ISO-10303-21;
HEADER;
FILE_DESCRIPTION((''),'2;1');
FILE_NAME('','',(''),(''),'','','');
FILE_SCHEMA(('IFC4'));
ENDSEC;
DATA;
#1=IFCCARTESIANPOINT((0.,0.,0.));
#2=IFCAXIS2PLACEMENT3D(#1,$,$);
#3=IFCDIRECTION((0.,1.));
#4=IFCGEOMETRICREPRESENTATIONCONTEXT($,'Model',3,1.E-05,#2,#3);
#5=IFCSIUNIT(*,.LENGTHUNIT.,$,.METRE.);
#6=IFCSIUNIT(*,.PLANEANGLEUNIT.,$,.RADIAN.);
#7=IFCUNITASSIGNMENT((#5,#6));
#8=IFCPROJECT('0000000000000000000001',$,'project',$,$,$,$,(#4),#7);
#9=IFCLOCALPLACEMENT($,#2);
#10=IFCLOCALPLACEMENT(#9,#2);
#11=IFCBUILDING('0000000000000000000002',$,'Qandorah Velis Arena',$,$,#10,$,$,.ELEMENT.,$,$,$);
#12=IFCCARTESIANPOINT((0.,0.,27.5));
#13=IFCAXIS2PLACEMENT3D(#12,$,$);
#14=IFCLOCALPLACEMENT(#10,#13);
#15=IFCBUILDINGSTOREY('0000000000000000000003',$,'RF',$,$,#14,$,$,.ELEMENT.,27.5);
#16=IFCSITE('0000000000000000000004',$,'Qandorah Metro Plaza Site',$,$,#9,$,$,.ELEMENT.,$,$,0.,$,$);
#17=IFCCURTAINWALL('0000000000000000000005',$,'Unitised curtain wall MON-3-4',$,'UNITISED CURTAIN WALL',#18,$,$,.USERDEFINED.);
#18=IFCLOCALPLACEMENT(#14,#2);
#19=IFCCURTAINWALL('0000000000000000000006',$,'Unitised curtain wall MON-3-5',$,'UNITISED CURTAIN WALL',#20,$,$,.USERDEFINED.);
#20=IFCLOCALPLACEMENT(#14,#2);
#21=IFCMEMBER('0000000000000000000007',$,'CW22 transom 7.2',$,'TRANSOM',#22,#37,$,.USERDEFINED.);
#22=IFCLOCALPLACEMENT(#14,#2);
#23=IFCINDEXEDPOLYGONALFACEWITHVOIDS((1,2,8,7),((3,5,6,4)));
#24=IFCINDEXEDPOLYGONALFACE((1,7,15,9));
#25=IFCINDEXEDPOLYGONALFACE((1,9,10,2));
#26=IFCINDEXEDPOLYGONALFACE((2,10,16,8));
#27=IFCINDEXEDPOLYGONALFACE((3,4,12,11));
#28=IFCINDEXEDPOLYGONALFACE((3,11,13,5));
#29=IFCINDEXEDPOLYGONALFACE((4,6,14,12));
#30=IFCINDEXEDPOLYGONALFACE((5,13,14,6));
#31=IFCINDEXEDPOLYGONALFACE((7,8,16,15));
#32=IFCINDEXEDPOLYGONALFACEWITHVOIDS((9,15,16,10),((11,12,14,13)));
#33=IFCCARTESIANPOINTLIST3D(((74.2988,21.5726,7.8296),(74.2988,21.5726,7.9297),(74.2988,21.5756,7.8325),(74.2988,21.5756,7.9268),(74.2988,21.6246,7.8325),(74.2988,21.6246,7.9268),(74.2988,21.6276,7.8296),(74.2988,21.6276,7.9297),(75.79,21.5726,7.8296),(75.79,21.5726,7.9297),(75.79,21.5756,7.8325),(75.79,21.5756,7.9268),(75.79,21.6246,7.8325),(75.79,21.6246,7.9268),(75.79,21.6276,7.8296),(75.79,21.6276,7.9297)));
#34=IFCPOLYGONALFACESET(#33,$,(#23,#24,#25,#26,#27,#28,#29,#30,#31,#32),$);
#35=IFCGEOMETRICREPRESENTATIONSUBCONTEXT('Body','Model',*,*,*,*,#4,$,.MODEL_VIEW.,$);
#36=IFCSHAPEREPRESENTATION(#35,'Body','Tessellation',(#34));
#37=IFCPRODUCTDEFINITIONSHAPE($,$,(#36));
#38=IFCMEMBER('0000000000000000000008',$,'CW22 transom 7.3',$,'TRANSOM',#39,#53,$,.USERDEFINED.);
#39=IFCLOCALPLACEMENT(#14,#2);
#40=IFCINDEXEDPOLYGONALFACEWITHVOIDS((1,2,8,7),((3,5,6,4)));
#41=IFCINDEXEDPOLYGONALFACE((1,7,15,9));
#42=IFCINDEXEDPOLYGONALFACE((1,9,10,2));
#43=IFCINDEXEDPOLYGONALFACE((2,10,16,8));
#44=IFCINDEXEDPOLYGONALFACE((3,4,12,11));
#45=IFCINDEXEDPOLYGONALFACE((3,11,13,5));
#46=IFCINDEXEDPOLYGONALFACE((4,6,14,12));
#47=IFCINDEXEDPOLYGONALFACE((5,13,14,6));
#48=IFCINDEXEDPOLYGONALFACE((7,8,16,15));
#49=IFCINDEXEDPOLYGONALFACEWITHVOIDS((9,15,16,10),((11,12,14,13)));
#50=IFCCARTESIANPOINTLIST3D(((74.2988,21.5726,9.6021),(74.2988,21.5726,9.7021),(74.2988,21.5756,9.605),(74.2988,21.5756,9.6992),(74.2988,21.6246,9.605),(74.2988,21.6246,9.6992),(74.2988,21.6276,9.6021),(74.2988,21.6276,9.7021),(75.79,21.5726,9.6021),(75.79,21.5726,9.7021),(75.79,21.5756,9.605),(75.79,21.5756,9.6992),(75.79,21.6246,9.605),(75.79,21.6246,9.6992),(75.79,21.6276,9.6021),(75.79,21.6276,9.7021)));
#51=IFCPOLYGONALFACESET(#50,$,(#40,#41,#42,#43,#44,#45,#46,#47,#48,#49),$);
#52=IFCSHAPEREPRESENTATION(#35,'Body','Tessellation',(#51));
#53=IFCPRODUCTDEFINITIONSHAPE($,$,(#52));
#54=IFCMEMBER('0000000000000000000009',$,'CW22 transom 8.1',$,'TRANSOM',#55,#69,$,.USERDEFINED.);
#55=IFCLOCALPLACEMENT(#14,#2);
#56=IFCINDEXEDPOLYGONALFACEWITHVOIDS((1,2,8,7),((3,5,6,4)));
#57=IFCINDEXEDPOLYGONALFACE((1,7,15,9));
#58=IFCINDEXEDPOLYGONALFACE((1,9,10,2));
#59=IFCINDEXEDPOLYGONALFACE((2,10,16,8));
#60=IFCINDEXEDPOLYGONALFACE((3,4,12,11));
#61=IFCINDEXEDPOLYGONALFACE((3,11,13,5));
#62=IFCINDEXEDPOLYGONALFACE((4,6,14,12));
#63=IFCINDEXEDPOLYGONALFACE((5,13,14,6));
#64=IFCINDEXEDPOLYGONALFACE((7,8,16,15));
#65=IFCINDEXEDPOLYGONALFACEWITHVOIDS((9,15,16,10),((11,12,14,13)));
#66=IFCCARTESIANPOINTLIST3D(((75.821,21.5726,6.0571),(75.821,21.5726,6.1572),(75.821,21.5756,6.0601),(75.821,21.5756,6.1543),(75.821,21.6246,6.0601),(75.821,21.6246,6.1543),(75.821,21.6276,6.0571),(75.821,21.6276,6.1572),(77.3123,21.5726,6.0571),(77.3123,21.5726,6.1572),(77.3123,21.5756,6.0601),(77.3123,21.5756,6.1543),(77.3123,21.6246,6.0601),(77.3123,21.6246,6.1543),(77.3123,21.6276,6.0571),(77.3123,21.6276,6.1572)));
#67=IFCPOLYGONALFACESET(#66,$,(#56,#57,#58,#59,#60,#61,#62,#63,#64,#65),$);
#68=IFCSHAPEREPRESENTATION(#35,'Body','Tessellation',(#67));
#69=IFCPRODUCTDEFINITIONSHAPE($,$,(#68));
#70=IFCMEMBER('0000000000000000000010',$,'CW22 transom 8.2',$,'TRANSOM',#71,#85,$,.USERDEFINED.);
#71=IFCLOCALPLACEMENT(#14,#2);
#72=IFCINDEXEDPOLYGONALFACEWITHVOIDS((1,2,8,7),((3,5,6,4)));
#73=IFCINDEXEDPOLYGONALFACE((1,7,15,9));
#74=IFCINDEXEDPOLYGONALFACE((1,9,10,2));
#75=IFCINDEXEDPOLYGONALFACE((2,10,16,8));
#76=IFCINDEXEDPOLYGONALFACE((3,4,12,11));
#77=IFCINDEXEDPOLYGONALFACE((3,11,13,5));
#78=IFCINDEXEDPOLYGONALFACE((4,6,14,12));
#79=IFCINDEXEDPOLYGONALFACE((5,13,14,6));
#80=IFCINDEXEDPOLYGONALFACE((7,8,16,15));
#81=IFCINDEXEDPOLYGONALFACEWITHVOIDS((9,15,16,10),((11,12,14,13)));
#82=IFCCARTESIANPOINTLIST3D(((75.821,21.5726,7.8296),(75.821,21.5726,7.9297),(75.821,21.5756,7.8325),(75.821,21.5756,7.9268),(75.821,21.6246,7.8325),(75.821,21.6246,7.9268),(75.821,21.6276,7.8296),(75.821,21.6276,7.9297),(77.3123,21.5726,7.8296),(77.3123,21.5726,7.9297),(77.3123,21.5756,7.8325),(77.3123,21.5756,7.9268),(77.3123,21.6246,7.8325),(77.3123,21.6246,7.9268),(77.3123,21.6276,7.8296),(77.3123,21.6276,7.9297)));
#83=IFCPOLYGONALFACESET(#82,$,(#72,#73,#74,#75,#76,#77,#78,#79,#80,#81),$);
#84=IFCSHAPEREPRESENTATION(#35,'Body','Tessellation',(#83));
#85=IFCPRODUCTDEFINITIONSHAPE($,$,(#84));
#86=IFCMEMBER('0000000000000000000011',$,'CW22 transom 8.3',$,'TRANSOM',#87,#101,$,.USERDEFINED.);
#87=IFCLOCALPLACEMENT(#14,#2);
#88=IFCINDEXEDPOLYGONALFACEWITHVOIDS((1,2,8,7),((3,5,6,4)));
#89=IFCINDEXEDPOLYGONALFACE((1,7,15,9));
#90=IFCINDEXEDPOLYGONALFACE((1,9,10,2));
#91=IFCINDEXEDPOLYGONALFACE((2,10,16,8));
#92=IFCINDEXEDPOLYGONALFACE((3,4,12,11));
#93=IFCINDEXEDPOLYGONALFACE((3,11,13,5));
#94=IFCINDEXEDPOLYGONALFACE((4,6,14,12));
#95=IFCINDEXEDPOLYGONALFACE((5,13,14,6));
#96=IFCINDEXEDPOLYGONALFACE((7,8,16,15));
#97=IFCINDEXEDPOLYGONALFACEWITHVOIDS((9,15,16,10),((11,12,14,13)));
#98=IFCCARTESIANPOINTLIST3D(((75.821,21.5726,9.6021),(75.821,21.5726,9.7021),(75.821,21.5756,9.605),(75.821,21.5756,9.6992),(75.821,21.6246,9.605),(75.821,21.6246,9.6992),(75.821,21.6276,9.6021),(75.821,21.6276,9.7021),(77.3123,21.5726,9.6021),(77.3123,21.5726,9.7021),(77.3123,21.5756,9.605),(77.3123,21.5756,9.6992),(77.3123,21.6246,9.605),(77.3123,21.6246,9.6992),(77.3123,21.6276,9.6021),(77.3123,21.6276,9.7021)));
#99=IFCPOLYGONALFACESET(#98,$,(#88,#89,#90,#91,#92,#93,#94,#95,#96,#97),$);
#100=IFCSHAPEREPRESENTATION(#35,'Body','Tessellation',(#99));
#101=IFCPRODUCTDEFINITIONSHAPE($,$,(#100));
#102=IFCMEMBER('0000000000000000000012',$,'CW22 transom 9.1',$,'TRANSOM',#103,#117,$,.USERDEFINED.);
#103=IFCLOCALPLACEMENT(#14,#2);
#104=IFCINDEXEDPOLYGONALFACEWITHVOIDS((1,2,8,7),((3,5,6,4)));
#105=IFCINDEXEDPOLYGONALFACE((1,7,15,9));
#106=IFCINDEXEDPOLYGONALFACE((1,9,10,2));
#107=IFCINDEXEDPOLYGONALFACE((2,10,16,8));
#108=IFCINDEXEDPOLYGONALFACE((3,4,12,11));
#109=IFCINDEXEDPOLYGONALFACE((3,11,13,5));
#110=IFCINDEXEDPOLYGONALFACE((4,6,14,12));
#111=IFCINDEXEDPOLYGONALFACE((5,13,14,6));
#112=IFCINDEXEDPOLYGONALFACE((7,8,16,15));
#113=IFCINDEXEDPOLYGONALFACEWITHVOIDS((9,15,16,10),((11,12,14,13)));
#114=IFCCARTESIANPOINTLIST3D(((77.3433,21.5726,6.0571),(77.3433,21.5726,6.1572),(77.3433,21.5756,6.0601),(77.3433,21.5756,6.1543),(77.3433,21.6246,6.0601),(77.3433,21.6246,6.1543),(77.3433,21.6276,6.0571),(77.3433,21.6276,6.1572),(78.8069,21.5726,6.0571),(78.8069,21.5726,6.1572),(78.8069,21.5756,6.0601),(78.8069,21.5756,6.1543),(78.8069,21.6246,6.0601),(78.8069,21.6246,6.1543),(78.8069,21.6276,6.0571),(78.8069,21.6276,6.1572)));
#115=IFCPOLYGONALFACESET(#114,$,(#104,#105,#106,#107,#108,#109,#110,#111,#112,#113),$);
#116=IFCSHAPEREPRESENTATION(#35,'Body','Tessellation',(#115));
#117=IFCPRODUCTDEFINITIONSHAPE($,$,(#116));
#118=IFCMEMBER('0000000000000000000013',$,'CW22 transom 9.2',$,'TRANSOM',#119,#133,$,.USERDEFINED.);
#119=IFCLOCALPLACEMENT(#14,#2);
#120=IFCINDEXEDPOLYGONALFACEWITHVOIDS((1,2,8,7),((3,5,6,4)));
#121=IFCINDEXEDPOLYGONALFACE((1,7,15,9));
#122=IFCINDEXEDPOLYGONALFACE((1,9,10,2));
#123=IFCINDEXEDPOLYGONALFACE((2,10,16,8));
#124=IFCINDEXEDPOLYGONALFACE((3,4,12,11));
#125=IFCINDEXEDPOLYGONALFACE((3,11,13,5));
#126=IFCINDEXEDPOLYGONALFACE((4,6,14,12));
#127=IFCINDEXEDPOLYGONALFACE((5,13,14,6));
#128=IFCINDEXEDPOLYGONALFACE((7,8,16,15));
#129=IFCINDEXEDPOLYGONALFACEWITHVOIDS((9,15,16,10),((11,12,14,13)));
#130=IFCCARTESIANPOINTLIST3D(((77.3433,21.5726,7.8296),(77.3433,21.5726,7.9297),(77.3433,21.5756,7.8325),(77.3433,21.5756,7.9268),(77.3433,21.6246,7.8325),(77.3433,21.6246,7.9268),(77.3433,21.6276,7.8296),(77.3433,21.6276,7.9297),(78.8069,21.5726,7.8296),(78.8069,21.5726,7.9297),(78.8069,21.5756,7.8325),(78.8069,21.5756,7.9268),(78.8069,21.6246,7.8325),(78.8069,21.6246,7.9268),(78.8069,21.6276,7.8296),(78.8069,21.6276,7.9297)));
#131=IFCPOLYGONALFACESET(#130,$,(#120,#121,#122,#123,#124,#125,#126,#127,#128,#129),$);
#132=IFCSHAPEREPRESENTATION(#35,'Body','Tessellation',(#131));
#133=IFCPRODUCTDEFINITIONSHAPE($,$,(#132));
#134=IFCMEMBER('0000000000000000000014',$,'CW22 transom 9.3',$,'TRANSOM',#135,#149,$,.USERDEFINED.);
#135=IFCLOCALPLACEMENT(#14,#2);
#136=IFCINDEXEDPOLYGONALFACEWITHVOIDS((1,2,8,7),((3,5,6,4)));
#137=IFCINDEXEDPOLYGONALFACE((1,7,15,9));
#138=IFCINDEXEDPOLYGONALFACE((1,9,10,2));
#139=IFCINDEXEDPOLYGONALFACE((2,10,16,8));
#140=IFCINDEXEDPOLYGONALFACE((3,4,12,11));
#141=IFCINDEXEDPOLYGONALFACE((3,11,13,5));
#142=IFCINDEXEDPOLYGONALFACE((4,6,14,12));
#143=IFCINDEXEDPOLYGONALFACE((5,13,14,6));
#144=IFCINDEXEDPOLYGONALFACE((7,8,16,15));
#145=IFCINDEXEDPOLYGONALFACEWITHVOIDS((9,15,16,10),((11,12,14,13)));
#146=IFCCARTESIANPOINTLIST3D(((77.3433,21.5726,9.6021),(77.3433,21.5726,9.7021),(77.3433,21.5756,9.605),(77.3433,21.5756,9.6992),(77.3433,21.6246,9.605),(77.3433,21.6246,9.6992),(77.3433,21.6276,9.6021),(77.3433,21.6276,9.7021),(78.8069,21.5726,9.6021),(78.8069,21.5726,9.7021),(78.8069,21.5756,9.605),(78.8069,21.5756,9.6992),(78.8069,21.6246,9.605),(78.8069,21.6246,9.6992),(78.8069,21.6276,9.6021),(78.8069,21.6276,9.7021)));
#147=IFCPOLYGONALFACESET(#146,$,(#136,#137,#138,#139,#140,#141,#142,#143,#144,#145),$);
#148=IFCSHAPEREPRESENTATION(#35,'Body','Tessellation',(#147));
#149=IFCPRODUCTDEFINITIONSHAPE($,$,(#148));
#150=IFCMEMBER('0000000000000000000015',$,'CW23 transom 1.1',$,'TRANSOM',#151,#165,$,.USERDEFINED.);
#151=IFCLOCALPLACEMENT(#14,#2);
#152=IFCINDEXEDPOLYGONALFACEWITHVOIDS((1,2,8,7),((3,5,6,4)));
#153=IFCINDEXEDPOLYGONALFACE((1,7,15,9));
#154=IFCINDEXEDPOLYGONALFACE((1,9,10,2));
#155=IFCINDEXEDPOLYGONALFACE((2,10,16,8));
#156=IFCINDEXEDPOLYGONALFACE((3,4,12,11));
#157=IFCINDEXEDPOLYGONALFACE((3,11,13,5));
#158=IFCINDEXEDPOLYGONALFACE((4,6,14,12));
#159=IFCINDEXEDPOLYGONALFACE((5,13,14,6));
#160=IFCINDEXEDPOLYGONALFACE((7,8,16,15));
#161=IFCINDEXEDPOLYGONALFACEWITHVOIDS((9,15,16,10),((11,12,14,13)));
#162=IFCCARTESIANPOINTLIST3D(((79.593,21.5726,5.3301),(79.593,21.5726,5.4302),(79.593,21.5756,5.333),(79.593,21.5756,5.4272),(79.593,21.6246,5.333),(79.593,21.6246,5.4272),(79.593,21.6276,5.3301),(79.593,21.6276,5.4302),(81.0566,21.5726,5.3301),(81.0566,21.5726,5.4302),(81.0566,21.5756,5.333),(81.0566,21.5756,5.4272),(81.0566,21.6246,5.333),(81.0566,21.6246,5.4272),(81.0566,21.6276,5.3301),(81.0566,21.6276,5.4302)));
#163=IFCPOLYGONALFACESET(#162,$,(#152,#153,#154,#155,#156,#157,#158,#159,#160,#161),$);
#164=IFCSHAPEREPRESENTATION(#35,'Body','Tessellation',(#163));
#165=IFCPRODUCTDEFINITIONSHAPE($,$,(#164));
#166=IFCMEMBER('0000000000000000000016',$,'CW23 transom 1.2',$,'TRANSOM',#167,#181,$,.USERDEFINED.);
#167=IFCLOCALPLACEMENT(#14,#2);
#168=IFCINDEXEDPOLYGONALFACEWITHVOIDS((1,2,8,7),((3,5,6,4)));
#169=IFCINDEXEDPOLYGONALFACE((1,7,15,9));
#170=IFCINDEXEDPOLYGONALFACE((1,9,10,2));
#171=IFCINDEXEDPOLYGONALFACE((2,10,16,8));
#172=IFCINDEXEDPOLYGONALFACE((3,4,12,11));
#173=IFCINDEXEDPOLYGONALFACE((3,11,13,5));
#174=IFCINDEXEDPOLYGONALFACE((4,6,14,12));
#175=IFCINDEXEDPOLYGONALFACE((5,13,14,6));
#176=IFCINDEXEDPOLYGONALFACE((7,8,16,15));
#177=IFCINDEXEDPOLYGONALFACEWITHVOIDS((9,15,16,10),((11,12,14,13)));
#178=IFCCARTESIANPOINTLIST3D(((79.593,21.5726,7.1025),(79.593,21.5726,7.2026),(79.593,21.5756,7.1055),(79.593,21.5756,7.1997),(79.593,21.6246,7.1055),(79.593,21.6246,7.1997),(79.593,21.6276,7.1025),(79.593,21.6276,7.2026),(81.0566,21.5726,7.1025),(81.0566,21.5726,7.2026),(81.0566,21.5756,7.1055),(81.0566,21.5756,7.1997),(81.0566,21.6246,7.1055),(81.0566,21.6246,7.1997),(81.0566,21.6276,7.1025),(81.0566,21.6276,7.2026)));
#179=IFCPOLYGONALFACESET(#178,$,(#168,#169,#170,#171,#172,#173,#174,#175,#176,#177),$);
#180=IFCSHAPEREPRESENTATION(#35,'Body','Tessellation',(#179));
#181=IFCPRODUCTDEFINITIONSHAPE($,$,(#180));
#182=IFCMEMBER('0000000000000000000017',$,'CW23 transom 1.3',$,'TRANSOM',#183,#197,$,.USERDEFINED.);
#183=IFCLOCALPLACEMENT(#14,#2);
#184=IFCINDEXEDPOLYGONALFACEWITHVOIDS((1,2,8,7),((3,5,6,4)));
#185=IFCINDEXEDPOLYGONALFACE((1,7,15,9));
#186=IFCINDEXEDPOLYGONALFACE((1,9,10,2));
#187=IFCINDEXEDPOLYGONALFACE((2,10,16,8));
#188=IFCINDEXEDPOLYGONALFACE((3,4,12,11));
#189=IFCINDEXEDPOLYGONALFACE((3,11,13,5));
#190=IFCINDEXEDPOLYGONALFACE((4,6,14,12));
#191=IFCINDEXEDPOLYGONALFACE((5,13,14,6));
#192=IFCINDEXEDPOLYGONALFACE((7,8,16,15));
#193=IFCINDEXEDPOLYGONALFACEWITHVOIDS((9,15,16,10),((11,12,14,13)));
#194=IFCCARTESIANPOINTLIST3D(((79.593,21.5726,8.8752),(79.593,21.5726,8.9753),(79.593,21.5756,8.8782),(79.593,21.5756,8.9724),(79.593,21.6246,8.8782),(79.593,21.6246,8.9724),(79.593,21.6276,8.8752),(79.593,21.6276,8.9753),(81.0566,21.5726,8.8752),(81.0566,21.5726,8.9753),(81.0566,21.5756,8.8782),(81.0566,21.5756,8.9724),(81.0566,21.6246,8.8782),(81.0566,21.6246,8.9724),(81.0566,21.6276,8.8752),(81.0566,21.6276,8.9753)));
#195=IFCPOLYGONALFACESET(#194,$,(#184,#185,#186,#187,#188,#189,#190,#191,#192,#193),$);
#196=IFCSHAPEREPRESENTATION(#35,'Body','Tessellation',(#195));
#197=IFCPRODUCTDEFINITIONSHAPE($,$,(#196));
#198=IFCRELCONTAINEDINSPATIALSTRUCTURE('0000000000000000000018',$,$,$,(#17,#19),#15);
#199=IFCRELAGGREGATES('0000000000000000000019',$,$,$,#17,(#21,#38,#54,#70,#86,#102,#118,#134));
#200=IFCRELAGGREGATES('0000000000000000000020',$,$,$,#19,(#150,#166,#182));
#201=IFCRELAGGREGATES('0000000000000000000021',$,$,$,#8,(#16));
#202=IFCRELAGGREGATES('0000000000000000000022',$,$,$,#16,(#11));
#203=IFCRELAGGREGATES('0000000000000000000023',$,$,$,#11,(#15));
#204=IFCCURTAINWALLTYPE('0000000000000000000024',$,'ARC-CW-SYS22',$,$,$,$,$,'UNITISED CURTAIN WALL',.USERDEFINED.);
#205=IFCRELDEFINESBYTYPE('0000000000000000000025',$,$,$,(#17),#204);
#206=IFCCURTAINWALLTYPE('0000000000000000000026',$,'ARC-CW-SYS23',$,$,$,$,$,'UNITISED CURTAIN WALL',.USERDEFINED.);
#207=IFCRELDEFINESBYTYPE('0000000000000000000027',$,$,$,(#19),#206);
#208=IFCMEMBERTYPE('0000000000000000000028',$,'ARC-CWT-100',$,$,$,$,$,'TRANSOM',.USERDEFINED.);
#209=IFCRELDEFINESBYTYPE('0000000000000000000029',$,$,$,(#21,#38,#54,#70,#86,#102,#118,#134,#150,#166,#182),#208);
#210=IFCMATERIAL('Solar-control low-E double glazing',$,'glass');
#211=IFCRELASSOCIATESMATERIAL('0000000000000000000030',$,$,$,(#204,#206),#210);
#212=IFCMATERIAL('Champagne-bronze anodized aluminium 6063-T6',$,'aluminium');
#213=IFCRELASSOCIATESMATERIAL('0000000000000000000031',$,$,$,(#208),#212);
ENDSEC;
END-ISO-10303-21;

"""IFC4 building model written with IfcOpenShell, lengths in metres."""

from ifc_helpers import new_model, si_unit, direction, frame, origin, origin_2d, place, context, subcontext, project, spatial, hollow_rectangle, extrude, material, material_profile, profile_set, type_object, element, aggregate, save


model = new_model("IFC4")

# Units and contexts
model_context = context("Model", 3, precision=1e-05, world=origin(), true_north=direction((0.0, 1.0)))
body_context = subcontext(model_context, "Body", "Model", "MODEL_VIEW")
ifc_project = project(units=[si_unit("LENGTHUNIT", "METRE"), si_unit("PLANEANGLEUNIT", "RADIAN")], contexts=[model_context])

# Site, building, storey
site_placement = place(None, origin())
site = spatial("IfcSite", under=ifc_project, at=site_placement, Name="Qandorah Metro Plaza Site", CompositionType="ELEMENT", RefElevation=0.0)
building_placement = place(site_placement, origin())
building = spatial("IfcBuilding", under=site, at=building_placement, Name="Qandorah Velis Arena", CompositionType="ELEMENT")
storey_placement = place(building_placement, frame((0.0, 0.0, 27.5)))
storey = spatial("IfcBuildingStorey", under=building, at=storey_placement, Name="RF", CompositionType="ELEMENT", Elevation=27.5)

# Curtain walls
ifc_material_1 = material(Name="Solar-control low-E double glazing", Category="glass")
curtain_wall_type_1 = type_object("IfcCurtainWallType", Name="ARC-CW-SYS22", ElementType="UNITISED CURTAIN WALL", PredefinedType="USERDEFINED", material=ifc_material_1)
curtain_wall_1_placement = place(storey_placement, origin())
curtain_wall_1 = element("IfcCurtainWall", 1, at=curtain_wall_1_placement, inside=storey, type_object=curtain_wall_type_1, Name="Unitised curtain wall MON-3-4", ObjectType="UNITISED CURTAIN WALL", PredefinedType="USERDEFINED")
ifc_material_2 = material(Name="Champagne-bronze anodized aluminium 6063-T6", Category="aluminium")
curtain_wall_type_2 = type_object("IfcCurtainWallType", Name="ARC-CW-SYS23", ElementType="UNITISED CURTAIN WALL", PredefinedType="USERDEFINED", material=ifc_material_1)
curtain_wall_2_placement = place(storey_placement, origin())
curtain_wall_2 = element("IfcCurtainWall", 2, at=curtain_wall_2_placement, inside=storey, type_object=curtain_wall_type_2, Name="Unitised curtain wall MON-3-5", ObjectType="UNITISED CURTAIN WALL", PredefinedType="USERDEFINED")

# Members
ifc_material_profile_1 = material_profile(ifc_material_2, hollow_rectangle(XDim=0.0549, YDim=0.1001, WallThickness=0.0029, at=origin_2d()), Name="ALU TRANSOM 55x100")
ifc_profile_set_1 = profile_set([ifc_material_profile_1], Name="Champagne-bronze anodized aluminium 6063-T6")
member_type_1 = type_object("IfcMemberType", Name="ARC-CWT-100", ElementType="TRANSOM", PredefinedType="USERDEFINED", material=ifc_profile_set_1)
member_1_placement = place(storey_placement, frame((74.2988, 21.6001, 7.8796), z_axis=(1.0, 0.0, 0.0), x_axis=(0.0, 1.0, 0.0)))
member_1 = element("IfcMember", 3, at=member_1_placement, type_object=member_type_1, Name="CW22 transom 7.2", ObjectType="TRANSOM", PredefinedType="USERDEFINED", context=body_context, shape_type="SweptSolid", body=[
    extrude(hollow_rectangle(XDim=0.0549, YDim=0.1001, WallThickness=0.0029, at=origin_2d()), origin(), (0.0, 0.0, 1.0), 1.4912),
])
member_2_placement = place(storey_placement, frame((74.2988, 21.6001, 9.6521), z_axis=(1.0, 0.0, 0.0), x_axis=(0.0, 1.0, 0.0)))
member_2 = element("IfcMember", 4, at=member_2_placement, type_object=member_type_1, Name="CW22 transom 7.3", ObjectType="TRANSOM", PredefinedType="USERDEFINED", context=body_context, shape_type="SweptSolid", body=[
    extrude(hollow_rectangle(XDim=0.0549, YDim=0.1001, WallThickness=0.0029, at=origin_2d()), origin(), (0.0, 0.0, 1.0), 1.4912),
])
member_3_placement = place(storey_placement, frame((75.821, 21.6001, 6.1072), z_axis=(1.0, 0.0, 0.0), x_axis=(0.0, 1.0, 0.0)))
member_3 = element("IfcMember", 5, at=member_3_placement, type_object=member_type_1, Name="CW22 transom 8.1", ObjectType="TRANSOM", PredefinedType="USERDEFINED", context=body_context, shape_type="SweptSolid", body=[
    extrude(hollow_rectangle(XDim=0.0549, YDim=0.1001, WallThickness=0.0029, at=origin_2d()), origin(), (0.0, 0.0, 1.0), 1.4912),
])
member_4_placement = place(storey_placement, frame((75.821, 21.6001, 7.8796), z_axis=(1.0, 0.0, 0.0), x_axis=(0.0, 1.0, 0.0)))
member_4 = element("IfcMember", 6, at=member_4_placement, type_object=member_type_1, Name="CW22 transom 8.2", ObjectType="TRANSOM", PredefinedType="USERDEFINED", context=body_context, shape_type="SweptSolid", body=[
    extrude(hollow_rectangle(XDim=0.0549, YDim=0.1001, WallThickness=0.0029, at=origin_2d()), origin(), (0.0, 0.0, 1.0), 1.4912),
])
member_5_placement = place(storey_placement, frame((75.821, 21.6001, 9.6521), z_axis=(1.0, 0.0, 0.0), x_axis=(0.0, 1.0, 0.0)))
member_5 = element("IfcMember", 7, at=member_5_placement, type_object=member_type_1, Name="CW22 transom 8.3", ObjectType="TRANSOM", PredefinedType="USERDEFINED", context=body_context, shape_type="SweptSolid", body=[
    extrude(hollow_rectangle(XDim=0.0549, YDim=0.1001, WallThickness=0.0029, at=origin_2d()), origin(), (0.0, 0.0, 1.0), 1.4912),
])
member_6_placement = place(storey_placement, frame((77.3433, 21.6001, 6.1072), z_axis=(1.0, 0.0, 0.0), x_axis=(0.0, 1.0, 0.0)))
member_6 = element("IfcMember", 8, at=member_6_placement, type_object=member_type_1, Name="CW22 transom 9.1", ObjectType="TRANSOM", PredefinedType="USERDEFINED", context=body_context, shape_type="SweptSolid", body=[
    extrude(hollow_rectangle(XDim=0.0549, YDim=0.1001, WallThickness=0.0029, at=origin_2d()), origin(), (0.0, 0.0, 1.0), 1.4636),
])
member_7_placement = place(storey_placement, frame((77.3433, 21.6001, 7.8796), z_axis=(1.0, 0.0, 0.0), x_axis=(0.0, 1.0, 0.0)))
member_7 = element("IfcMember", 9, at=member_7_placement, type_object=member_type_1, Name="CW22 transom 9.2", ObjectType="TRANSOM", PredefinedType="USERDEFINED", context=body_context, shape_type="SweptSolid", body=[
    extrude(hollow_rectangle(XDim=0.0549, YDim=0.1001, WallThickness=0.0029, at=origin_2d()), origin(), (0.0, 0.0, 1.0), 1.4636),
])
member_8_placement = place(storey_placement, frame((77.3433, 21.6001, 9.6521), z_axis=(1.0, 0.0, 0.0), x_axis=(0.0, 1.0, 0.0)))
member_8 = element("IfcMember", 10, at=member_8_placement, type_object=member_type_1, Name="CW22 transom 9.3", ObjectType="TRANSOM", PredefinedType="USERDEFINED", context=body_context, shape_type="SweptSolid", body=[
    extrude(hollow_rectangle(XDim=0.0549, YDim=0.1001, WallThickness=0.0029, at=origin_2d()), origin(), (0.0, 0.0, 1.0), 1.4636),
])
member_9_placement = place(storey_placement, frame((79.593, 21.6001, 5.3801), z_axis=(1.0, 0.0, 0.0), x_axis=(0.0, 1.0, 0.0)))
member_9 = element("IfcMember", 11, at=member_9_placement, type_object=member_type_1, Name="CW23 transom 1.1", ObjectType="TRANSOM", PredefinedType="USERDEFINED", context=body_context, shape_type="SweptSolid", body=[
    extrude(hollow_rectangle(XDim=0.0549, YDim=0.1001, WallThickness=0.0029, at=origin_2d()), origin(), (0.0, 0.0, 1.0), 1.4636),
])
member_10_placement = place(storey_placement, frame((79.593, 21.6001, 7.1526), z_axis=(1.0, 0.0, 0.0), x_axis=(0.0, 1.0, 0.0)))
member_10 = element("IfcMember", 12, at=member_10_placement, type_object=member_type_1, Name="CW23 transom 1.2", ObjectType="TRANSOM", PredefinedType="USERDEFINED", context=body_context, shape_type="SweptSolid", body=[
    extrude(hollow_rectangle(XDim=0.0549, YDim=0.1001, WallThickness=0.0029, at=origin_2d()), origin(), (0.0, 0.0, 1.0), 1.4636),
])
member_11_placement = place(storey_placement, frame((79.593, 21.6001, 8.9253), z_axis=(1.0, 0.0, 0.0), x_axis=(0.0, 1.0, 0.0)))
member_11 = element("IfcMember", 13, at=member_11_placement, type_object=member_type_1, Name="CW23 transom 1.3", ObjectType="TRANSOM", PredefinedType="USERDEFINED", context=body_context, shape_type="SweptSolid", body=[
    extrude(hollow_rectangle(XDim=0.0549, YDim=0.1001, WallThickness=0.0029, at=origin_2d()), origin(), (0.0, 0.0, 1.0), 1.4636),
])

aggregate(curtain_wall_1, [member_1, member_2, member_3, member_4, member_5, member_6, member_7, member_8])
aggregate(curtain_wall_2, [member_9, member_10, member_11])

save(model, "model.ifc")
